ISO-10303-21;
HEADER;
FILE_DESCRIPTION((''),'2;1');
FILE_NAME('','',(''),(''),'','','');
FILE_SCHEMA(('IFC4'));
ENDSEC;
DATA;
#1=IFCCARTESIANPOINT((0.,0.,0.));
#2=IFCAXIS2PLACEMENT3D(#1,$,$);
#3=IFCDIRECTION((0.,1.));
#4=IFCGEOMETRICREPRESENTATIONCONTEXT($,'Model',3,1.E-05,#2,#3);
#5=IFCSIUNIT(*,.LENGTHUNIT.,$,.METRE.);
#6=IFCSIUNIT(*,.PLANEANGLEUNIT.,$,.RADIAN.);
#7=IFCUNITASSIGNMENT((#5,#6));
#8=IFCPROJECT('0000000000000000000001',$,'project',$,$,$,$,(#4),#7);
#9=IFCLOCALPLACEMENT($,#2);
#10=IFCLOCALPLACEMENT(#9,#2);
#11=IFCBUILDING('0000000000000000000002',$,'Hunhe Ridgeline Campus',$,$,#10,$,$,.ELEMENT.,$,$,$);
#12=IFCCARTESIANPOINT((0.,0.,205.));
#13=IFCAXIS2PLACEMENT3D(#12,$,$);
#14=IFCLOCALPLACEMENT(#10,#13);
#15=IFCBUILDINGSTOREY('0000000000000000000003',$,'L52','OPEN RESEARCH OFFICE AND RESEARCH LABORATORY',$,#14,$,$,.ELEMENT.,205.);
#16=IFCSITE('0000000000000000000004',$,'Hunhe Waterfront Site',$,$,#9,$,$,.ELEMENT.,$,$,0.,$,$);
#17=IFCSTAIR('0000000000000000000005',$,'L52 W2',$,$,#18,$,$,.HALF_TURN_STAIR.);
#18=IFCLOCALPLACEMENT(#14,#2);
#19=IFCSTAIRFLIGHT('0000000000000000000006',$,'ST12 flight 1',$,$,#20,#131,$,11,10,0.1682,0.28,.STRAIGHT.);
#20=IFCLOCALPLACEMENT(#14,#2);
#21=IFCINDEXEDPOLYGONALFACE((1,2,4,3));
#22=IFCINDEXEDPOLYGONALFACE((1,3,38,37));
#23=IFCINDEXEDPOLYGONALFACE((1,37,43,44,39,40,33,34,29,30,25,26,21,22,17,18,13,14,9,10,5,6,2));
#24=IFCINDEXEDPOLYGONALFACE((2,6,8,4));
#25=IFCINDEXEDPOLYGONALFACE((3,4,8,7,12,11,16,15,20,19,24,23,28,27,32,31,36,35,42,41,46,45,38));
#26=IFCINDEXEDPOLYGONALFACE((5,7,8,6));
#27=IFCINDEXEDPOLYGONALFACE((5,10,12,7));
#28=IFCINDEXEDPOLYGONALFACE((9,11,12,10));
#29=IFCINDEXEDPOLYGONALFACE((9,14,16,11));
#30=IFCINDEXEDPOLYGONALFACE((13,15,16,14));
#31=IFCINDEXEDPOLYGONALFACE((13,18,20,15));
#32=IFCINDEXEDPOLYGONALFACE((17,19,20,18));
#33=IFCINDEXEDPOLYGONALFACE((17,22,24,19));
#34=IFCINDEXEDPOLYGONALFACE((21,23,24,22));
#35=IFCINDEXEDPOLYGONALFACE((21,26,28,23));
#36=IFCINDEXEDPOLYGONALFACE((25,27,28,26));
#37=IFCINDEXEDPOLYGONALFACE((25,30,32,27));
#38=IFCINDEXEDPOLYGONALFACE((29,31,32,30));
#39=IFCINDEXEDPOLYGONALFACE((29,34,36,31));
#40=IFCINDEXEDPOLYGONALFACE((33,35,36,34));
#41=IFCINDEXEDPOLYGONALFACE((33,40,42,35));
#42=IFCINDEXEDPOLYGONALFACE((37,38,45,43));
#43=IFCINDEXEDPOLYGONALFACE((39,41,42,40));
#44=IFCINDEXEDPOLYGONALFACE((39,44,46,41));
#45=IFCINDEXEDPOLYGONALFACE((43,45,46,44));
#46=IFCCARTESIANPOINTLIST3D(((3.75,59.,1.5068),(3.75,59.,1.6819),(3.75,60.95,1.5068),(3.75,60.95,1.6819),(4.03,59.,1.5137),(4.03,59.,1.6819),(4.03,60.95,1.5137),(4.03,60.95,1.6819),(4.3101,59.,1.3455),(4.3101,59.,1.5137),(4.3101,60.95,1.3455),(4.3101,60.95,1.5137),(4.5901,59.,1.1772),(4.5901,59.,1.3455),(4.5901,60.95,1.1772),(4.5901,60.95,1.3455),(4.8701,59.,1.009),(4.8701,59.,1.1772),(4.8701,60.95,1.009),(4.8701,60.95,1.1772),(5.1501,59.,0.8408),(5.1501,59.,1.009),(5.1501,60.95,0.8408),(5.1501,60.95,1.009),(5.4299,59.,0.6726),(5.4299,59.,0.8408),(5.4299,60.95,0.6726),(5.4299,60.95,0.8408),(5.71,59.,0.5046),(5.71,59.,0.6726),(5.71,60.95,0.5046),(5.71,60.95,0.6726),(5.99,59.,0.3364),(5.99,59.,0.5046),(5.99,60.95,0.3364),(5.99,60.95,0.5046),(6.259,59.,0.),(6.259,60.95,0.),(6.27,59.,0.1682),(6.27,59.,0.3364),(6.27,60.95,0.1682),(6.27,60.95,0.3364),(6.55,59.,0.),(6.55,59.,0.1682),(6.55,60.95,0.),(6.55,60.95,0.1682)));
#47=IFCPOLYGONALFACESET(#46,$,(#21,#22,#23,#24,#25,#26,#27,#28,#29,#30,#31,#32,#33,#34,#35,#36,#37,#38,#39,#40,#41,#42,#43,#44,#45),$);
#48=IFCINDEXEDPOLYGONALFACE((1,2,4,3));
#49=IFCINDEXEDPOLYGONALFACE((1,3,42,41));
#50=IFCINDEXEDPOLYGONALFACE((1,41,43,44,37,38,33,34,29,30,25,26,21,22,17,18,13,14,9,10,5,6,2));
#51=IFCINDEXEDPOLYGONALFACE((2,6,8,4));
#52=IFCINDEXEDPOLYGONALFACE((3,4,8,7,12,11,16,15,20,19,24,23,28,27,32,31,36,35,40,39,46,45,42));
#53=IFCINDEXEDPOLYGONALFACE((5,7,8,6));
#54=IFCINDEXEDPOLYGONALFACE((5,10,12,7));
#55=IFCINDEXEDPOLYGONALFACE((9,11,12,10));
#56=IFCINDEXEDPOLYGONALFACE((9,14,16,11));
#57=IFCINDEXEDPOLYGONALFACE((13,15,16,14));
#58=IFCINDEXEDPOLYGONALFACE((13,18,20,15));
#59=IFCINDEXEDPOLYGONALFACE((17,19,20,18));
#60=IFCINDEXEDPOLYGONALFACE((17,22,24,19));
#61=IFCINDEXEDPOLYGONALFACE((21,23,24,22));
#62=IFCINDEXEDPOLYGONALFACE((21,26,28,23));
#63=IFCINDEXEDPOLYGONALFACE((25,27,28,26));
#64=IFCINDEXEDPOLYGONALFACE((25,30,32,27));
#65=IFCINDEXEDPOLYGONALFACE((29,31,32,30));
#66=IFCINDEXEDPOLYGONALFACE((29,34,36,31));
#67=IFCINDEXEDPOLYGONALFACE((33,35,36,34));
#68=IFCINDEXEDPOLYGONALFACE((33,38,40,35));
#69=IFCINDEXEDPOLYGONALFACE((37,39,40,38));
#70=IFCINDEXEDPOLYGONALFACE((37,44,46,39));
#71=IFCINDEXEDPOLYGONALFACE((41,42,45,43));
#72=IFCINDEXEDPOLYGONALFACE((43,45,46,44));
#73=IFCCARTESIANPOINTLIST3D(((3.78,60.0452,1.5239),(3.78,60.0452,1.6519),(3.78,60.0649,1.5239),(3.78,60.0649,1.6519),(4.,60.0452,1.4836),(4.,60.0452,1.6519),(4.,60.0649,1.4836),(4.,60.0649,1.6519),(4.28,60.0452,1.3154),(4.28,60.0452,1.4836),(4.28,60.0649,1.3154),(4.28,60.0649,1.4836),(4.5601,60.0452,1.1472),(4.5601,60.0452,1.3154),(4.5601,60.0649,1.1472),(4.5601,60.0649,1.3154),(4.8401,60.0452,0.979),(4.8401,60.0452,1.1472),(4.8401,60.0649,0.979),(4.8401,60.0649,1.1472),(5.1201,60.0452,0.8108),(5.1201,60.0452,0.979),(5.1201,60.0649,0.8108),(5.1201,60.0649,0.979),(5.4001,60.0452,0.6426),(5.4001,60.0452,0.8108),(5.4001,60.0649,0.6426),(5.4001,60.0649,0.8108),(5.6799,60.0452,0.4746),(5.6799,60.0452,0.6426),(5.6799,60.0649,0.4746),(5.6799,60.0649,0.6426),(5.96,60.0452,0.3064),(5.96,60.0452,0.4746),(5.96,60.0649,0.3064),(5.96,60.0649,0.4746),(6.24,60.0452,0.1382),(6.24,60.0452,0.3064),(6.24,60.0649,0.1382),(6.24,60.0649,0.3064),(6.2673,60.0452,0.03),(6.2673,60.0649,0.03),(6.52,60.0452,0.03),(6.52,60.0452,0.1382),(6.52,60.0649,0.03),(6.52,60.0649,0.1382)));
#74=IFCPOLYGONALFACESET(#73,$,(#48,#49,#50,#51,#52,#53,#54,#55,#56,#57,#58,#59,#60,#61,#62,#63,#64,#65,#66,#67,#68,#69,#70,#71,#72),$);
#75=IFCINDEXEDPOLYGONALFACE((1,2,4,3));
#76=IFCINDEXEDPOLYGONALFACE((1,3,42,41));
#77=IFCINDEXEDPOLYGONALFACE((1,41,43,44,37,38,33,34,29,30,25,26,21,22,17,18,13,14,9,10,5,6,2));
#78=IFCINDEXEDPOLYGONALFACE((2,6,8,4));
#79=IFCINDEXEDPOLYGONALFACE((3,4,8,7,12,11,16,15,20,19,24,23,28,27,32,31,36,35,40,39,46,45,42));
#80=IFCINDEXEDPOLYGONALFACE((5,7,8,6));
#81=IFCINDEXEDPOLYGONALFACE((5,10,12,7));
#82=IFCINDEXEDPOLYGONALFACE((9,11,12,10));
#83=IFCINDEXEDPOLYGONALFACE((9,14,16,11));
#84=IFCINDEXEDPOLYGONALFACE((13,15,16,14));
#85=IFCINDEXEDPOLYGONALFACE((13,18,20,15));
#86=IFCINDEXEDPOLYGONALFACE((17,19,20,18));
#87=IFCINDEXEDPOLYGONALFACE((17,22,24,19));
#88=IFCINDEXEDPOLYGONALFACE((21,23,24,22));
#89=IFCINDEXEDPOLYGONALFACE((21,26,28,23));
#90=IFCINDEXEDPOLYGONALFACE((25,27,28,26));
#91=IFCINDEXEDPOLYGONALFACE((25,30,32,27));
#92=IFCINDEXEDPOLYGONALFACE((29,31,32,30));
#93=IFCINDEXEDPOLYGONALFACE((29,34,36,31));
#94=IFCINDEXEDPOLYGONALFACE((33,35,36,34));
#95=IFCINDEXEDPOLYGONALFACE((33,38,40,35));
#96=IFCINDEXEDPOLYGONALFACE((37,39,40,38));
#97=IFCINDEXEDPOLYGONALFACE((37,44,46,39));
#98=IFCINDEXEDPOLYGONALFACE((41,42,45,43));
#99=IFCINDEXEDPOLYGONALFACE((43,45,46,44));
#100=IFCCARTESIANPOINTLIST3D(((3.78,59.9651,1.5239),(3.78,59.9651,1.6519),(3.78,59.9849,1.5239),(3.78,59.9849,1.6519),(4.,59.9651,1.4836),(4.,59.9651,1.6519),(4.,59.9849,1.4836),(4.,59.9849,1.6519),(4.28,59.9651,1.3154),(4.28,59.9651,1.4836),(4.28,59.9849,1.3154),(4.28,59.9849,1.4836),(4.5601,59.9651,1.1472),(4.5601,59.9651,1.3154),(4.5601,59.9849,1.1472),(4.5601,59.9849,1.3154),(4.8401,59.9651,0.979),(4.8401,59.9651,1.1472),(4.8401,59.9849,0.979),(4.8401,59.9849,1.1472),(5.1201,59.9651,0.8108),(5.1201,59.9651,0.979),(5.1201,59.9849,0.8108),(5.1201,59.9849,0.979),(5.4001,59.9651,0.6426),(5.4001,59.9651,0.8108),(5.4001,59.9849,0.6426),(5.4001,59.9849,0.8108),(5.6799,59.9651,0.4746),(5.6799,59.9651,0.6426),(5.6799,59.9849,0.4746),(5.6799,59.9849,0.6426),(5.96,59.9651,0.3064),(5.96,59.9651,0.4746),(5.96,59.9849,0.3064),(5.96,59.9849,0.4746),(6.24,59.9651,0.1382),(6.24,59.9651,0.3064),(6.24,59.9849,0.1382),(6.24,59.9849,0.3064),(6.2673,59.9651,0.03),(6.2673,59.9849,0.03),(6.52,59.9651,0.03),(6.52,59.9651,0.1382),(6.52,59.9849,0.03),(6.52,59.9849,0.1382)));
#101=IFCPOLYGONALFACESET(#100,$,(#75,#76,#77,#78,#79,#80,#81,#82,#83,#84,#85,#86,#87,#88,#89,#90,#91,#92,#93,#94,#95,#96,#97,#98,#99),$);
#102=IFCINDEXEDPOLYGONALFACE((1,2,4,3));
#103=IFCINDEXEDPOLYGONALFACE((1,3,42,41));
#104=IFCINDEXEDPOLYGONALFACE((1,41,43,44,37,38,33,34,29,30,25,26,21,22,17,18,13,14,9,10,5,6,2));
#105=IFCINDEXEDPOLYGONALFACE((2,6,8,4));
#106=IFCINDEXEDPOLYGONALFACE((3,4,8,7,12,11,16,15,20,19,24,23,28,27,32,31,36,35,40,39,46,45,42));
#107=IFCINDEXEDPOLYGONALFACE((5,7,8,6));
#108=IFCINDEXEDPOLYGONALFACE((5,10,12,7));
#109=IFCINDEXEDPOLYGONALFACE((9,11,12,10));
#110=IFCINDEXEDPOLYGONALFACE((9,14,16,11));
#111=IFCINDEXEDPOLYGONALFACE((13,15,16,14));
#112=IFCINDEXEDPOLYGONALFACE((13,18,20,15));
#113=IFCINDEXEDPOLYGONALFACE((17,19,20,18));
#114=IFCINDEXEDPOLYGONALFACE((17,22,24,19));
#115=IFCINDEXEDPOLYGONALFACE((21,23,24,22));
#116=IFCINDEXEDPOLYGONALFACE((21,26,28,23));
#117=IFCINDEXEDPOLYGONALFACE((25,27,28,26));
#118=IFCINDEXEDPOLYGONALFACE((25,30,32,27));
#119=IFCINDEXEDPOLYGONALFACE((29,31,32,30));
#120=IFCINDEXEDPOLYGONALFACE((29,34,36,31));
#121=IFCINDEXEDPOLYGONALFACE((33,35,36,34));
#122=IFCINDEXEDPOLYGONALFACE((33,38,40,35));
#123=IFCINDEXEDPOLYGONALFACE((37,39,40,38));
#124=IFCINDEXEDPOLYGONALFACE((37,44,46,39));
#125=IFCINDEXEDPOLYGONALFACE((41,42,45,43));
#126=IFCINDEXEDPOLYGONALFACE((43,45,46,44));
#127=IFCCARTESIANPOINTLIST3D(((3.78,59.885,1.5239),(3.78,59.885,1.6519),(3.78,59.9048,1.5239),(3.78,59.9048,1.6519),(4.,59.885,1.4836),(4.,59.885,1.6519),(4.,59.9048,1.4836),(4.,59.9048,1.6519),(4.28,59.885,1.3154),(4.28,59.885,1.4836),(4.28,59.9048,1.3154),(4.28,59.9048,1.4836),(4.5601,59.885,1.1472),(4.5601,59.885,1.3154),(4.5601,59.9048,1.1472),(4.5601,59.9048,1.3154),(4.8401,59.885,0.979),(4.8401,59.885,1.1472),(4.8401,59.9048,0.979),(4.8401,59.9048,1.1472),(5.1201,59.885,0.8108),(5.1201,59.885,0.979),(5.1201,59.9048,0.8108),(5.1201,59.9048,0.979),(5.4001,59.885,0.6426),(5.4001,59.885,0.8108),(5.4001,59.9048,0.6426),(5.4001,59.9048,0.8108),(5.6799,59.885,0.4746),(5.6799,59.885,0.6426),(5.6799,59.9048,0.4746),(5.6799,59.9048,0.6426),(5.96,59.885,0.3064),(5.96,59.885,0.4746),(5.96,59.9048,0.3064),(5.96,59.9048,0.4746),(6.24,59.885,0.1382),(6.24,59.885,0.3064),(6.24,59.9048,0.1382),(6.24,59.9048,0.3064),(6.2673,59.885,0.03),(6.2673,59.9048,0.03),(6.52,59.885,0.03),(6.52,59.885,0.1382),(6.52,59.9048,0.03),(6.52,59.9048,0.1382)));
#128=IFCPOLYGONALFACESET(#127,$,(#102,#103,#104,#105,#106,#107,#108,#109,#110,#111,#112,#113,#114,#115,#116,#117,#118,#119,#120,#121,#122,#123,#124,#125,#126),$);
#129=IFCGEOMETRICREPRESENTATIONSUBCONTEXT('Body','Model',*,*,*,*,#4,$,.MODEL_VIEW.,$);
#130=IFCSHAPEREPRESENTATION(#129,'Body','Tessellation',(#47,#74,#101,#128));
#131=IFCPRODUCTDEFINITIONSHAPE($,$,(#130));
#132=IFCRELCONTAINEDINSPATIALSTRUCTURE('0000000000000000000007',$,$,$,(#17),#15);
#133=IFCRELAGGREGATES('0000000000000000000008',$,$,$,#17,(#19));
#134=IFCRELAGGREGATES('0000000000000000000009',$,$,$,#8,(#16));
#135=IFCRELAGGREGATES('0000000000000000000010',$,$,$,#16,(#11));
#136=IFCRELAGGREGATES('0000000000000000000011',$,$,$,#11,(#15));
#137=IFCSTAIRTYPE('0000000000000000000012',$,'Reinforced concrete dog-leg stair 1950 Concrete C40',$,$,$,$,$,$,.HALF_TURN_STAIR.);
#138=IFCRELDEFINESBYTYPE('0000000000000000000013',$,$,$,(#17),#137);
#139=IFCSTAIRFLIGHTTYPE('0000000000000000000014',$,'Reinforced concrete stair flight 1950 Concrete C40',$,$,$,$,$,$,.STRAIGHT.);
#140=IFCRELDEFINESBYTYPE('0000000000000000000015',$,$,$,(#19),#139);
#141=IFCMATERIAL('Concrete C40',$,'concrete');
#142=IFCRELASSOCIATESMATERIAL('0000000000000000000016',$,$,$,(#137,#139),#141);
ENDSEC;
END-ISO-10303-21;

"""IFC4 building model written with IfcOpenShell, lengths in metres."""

from ifc_helpers import new_model, si_unit, direction, frame, origin, place, context, subcontext, project, spatial, polyline, outline, extrude, material, type_object, element, aggregate, save


model = new_model("IFC4")

# Units and contexts
model_context = context("Model", 3, precision=1e-05, world=origin(), true_north=direction((0.0, 1.0)))
body_context = subcontext(model_context, "Body", "Model", "MODEL_VIEW")
ifc_project = project(units=[si_unit("LENGTHUNIT", "METRE"), si_unit("PLANEANGLEUNIT", "RADIAN")], contexts=[model_context])

# Site, building, storey
site_placement = place(None, origin())
site = spatial("IfcSite", under=ifc_project, at=site_placement, Name="Hunhe Waterfront Site", CompositionType="ELEMENT", RefElevation=0.0)
building_placement = place(site_placement, origin())
building = spatial("IfcBuilding", under=site, at=building_placement, Name="Hunhe Ridgeline Campus", CompositionType="ELEMENT")
storey_placement = place(building_placement, frame((0.0, 0.0, 205.0)))
storey = spatial("IfcBuildingStorey", under=building, at=storey_placement, Name="L52", Description="OPEN RESEARCH OFFICE AND RESEARCH LABORATORY", CompositionType="ELEMENT", Elevation=205.0)

# Shared definitions
ifc_material_1 = material(Name="Concrete C40", Category="concrete")
stair_type = type_object("IfcStairType", Name="Reinforced concrete dog-leg stair 1950 Concrete C40", PredefinedType="HALF_TURN_STAIR", material=ifc_material_1)
stair_flight_type = type_object("IfcStairFlightType", Name="Reinforced concrete stair flight 1950 Concrete C40", PredefinedType="STRAIGHT", material=ifc_material_1)

# Stair, stair flight
stair_1_placement = place(storey_placement, origin())
stair_1 = element("IfcStair", 1, at=stair_1_placement, inside=storey, type_object=stair_type, Name="L52 W2", PredefinedType="HALF_TURN_STAIR")
stair_flight_1_placement = place(storey_placement, frame((6.55, 59.9751, 0.0), z_axis=(0.0, 0.0, 1.0), x_axis=(-1.0, 0.0, 0.0)))
stair_flight_1 = element("IfcStairFlight", 2, at=stair_flight_1_placement, type_object=stair_flight_type, Name="ST12 flight 1", NumberOfRisers=11, NumberOfTreads=10, PredefinedType="STRAIGHT", RiserHeight=0.1682, TreadLength=0.28, context=body_context, shape_type="SweptSolid", body=[
    extrude(outline(polyline([(0.0, 0.0), (0.0, 0.1682), (0.28, 0.1682), (0.28, 0.3364), (0.5601, 0.3364), (0.5601, 0.5046), (0.8401, 0.5046), (0.8401, 0.6726), (1.1201, 0.6726), (1.1201, 0.8408), (1.3999, 0.8408), (1.3999, 1.009), (1.6799, 1.009), (1.6799, 1.1772), (1.96, 1.1772), (1.96, 1.3455), (2.24, 1.3455), (2.24, 1.5137), (2.52, 1.5137), (2.52, 1.6819), (2.8, 1.6819), (2.8, 1.8501), (2.8, 1.5068), (0.291, 0.0), (0.0, 0.0)])), frame((0.0, 0.9751, 0.0), z_axis=(0.0, -1.0, 0.0), x_axis=(1.0, 0.0, 0.0)), (0.0, 0.0, 1.0), 1.95),
    extrude(outline(polyline([(0.03, 0.03), (0.03, 0.1382), (0.3101, 0.1382), (0.3101, 0.3064), (0.5901, 0.3064), (0.5901, 0.4746), (0.8701, 0.4746), (0.8701, 0.6426), (1.1499, 0.6426), (1.1499, 0.8108), (1.4299, 0.8108), (1.4299, 0.979), (1.71, 0.979), (1.71, 1.1472), (1.99, 1.1472), (1.99, 1.3154), (2.27, 1.3154), (2.27, 1.4836), (2.55, 1.4836), (2.55, 1.6519), (2.77, 1.6519), (2.77, 1.5239), (0.2827, 0.03), (0.03, 0.03)])), frame((0.0, -0.0701, 0.0), z_axis=(0.0, -1.0, 0.0), x_axis=(1.0, 0.0, 0.0)), (0.0, 0.0, 1.0), 0.0198),
    extrude(outline(polyline([(0.03, 0.03), (0.03, 0.1382), (0.3101, 0.1382), (0.3101, 0.3064), (0.5901, 0.3064), (0.5901, 0.4746), (0.8701, 0.4746), (0.8701, 0.6426), (1.1499, 0.6426), (1.1499, 0.8108), (1.4299, 0.8108), (1.4299, 0.979), (1.71, 0.979), (1.71, 1.1472), (1.99, 1.1472), (1.99, 1.3154), (2.27, 1.3154), (2.27, 1.4836), (2.55, 1.4836), (2.55, 1.6519), (2.77, 1.6519), (2.77, 1.5239), (0.2827, 0.03), (0.03, 0.03)])), frame((0.0, 0.01, 0.0), z_axis=(0.0, -1.0, 0.0), x_axis=(1.0, 0.0, 0.0)), (0.0, 0.0, 1.0), 0.0198),
    extrude(outline(polyline([(0.03, 0.03), (0.03, 0.1382), (0.3101, 0.1382), (0.3101, 0.3064), (0.5901, 0.3064), (0.5901, 0.4746), (0.8701, 0.4746), (0.8701, 0.6426), (1.1499, 0.6426), (1.1499, 0.8108), (1.4299, 0.8108), (1.4299, 0.979), (1.71, 0.979), (1.71, 1.1472), (1.99, 1.1472), (1.99, 1.3154), (2.27, 1.3154), (2.27, 1.4836), (2.55, 1.4836), (2.55, 1.6519), (2.77, 1.6519), (2.77, 1.5239), (0.2827, 0.03), (0.03, 0.03)])), frame((0.0, 0.0901, 0.0), z_axis=(0.0, -1.0, 0.0), x_axis=(1.0, 0.0, 0.0)), (0.0, 0.0, 1.0), 0.0198),
])
aggregate(stair_1, [stair_flight_1])

save(model, "model.ifc")
